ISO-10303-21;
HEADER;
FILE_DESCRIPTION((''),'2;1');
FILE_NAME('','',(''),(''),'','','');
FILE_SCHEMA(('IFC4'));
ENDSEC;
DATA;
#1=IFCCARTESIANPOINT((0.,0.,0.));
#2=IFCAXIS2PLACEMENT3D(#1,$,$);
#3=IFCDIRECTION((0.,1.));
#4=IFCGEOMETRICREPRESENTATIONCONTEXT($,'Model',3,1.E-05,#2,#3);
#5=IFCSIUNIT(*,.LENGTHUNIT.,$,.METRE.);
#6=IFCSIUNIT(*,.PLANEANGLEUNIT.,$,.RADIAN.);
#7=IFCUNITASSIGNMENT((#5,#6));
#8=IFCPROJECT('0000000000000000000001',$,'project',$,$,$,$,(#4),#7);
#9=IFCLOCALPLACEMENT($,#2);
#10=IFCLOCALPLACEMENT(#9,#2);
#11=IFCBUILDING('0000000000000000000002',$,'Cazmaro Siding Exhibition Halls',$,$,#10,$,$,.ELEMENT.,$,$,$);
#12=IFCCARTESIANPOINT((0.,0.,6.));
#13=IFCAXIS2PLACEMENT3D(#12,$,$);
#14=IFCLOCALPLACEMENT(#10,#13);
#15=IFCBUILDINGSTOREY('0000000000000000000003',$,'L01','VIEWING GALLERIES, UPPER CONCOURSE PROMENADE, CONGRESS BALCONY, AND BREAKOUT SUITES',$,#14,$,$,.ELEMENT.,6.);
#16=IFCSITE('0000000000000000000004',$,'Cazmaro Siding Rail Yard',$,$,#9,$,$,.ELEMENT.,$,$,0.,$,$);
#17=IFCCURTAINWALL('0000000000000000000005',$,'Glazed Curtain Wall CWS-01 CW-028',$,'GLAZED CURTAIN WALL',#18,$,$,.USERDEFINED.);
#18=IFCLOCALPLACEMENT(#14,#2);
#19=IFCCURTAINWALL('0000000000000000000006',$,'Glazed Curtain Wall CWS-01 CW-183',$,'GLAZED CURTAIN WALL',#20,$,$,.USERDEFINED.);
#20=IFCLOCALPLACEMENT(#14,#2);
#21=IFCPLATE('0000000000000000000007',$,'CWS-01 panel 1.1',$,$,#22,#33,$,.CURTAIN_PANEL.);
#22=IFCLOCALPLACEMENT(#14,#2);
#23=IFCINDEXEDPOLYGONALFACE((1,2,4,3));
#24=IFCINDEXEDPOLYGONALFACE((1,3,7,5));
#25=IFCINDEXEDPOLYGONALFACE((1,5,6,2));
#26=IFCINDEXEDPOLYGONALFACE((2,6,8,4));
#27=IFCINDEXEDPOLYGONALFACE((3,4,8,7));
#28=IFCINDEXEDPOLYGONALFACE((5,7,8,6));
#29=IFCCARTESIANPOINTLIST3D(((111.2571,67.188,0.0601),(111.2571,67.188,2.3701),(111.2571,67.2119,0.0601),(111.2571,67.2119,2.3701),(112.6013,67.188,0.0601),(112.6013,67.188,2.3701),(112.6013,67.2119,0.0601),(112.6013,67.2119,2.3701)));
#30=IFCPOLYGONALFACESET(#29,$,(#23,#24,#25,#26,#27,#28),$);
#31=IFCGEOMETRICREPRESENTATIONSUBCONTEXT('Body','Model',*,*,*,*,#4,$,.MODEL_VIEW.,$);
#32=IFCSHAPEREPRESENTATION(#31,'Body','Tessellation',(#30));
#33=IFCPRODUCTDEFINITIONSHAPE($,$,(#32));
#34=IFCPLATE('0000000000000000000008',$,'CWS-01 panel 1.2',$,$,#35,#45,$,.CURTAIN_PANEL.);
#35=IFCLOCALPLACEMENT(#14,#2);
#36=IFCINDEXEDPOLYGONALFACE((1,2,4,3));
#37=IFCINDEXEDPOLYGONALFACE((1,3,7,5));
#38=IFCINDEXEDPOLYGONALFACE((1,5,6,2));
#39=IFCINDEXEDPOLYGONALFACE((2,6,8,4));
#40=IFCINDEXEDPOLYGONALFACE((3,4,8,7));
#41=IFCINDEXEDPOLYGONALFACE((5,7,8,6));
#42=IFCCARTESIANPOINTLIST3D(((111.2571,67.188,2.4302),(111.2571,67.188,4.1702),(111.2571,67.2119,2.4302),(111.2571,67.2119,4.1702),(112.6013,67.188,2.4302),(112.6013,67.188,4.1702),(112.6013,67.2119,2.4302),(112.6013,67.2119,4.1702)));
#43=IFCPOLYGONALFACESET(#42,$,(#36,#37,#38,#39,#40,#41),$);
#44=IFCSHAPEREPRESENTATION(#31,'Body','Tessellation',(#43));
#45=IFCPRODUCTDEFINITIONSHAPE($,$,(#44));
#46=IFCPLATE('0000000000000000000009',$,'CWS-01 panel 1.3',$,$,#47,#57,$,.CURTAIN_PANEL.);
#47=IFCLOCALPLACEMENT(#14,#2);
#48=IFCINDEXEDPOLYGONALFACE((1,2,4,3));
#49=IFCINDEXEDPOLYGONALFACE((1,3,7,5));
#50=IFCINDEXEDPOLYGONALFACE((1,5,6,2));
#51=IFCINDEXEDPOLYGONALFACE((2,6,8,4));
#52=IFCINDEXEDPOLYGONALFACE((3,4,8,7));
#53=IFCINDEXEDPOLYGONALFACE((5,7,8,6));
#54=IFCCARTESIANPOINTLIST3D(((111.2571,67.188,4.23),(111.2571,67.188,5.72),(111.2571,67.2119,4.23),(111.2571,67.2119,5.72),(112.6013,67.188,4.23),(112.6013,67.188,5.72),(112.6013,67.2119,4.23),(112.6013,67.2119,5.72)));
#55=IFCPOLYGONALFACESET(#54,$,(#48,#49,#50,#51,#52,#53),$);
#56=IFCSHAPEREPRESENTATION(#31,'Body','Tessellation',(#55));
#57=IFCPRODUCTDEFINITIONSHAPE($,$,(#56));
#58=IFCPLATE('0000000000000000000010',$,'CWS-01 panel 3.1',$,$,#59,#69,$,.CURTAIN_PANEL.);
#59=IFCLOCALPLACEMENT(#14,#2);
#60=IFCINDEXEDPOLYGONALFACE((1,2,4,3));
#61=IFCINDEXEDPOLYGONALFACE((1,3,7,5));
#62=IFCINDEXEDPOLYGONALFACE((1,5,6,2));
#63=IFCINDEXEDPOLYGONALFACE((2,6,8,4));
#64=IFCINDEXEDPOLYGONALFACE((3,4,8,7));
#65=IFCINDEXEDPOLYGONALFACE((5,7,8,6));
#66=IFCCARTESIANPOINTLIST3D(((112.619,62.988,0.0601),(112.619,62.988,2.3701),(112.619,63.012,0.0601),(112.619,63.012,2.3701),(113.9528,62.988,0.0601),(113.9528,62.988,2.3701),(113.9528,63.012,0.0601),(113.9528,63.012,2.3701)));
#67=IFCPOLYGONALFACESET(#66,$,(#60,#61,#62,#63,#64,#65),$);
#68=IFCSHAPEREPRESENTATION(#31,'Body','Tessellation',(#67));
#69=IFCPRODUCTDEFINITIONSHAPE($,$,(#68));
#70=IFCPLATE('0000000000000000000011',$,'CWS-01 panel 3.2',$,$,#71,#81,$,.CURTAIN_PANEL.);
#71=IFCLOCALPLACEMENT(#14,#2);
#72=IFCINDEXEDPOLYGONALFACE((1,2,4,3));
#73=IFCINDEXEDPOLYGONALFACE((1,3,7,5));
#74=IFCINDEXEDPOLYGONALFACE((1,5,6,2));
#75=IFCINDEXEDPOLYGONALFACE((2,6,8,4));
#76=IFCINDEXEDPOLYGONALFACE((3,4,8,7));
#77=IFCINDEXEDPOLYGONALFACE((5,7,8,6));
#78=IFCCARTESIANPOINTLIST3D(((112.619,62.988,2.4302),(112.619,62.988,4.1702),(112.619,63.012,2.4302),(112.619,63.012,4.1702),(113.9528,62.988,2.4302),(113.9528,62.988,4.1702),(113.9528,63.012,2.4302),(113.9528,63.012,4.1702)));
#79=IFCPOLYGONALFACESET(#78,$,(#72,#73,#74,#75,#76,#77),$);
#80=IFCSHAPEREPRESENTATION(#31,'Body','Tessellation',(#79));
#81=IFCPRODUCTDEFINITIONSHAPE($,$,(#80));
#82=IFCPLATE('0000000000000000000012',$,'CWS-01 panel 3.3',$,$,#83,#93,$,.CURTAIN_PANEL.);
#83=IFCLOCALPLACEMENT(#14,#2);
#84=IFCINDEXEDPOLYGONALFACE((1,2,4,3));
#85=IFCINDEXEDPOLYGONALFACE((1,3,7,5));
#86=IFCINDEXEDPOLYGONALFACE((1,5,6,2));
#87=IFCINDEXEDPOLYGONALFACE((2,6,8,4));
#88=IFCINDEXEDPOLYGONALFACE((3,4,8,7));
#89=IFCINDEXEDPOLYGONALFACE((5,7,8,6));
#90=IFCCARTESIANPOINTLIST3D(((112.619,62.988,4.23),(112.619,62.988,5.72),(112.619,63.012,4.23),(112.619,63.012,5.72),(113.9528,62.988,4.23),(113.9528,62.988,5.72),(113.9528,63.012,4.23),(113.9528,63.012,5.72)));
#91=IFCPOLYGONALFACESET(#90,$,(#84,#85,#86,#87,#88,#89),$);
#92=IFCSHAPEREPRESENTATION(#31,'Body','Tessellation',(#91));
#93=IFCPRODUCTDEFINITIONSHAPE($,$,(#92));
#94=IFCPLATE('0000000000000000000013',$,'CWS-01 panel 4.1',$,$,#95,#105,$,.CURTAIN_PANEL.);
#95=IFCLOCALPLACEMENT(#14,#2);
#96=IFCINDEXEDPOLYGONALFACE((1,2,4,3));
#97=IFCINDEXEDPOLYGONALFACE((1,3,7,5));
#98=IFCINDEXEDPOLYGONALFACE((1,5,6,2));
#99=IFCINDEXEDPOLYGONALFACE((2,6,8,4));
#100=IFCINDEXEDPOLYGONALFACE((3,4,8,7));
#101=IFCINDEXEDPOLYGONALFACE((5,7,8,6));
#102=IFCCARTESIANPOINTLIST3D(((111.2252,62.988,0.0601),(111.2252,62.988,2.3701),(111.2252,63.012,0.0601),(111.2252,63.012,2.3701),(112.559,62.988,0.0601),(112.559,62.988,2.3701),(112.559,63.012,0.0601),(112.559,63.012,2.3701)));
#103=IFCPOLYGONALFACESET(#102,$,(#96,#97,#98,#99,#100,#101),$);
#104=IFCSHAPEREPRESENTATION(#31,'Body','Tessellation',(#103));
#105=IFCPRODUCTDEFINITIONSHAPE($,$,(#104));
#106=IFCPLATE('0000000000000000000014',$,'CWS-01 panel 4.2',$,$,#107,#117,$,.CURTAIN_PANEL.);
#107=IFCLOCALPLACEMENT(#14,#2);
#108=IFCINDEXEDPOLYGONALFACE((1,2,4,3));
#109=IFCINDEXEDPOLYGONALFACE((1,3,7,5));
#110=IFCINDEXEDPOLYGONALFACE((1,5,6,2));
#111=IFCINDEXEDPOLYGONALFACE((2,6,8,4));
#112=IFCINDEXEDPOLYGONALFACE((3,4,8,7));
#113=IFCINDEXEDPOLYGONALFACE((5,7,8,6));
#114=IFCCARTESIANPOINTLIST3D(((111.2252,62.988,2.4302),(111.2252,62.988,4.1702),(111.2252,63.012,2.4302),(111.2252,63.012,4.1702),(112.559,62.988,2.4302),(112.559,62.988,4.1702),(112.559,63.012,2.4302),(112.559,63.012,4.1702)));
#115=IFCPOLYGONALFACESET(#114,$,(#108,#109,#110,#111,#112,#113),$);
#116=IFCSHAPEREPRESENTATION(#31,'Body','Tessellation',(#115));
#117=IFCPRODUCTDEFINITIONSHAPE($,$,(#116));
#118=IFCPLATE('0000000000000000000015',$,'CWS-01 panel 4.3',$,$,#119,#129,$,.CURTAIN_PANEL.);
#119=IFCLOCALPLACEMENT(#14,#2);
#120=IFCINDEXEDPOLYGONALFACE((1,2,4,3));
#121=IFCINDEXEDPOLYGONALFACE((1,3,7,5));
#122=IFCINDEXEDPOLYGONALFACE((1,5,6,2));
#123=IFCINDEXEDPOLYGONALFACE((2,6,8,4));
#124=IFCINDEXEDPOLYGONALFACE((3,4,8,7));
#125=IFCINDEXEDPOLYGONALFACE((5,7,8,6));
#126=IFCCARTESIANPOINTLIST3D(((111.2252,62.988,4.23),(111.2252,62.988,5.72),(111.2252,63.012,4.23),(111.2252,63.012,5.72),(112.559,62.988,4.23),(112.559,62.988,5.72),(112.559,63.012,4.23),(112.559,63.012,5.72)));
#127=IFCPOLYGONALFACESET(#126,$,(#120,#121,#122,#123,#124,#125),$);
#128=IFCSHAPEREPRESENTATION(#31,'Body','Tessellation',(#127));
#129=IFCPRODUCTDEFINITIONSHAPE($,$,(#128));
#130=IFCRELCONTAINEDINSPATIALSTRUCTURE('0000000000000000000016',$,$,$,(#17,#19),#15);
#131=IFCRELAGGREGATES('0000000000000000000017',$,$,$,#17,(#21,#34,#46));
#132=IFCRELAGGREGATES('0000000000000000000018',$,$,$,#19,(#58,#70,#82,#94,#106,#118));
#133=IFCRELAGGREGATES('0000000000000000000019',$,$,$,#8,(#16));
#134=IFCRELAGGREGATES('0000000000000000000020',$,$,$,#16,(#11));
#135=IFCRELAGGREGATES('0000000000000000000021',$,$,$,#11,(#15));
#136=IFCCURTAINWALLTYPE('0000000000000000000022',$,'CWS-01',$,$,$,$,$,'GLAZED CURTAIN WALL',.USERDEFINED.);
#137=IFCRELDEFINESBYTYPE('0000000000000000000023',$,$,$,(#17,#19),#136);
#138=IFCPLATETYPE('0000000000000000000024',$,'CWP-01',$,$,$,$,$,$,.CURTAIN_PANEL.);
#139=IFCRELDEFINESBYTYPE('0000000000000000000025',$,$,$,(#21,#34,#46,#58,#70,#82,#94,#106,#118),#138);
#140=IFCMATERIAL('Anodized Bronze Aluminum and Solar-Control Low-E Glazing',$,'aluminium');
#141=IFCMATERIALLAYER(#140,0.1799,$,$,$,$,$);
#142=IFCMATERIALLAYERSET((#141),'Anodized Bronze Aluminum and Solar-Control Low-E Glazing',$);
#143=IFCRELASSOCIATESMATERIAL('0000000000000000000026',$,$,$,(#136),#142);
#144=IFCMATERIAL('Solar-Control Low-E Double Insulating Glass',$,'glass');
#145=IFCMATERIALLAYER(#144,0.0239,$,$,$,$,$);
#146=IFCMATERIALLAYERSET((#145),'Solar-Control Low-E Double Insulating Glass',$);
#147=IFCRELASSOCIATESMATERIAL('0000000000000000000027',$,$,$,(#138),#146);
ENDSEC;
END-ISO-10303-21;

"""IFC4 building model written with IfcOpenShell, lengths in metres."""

from ifc_helpers import new_model, si_unit, direction, frame, origin, origin_2d, place, context, subcontext, project, spatial, rectangle, extrude, material, layer, layer_set, type_object, element, aggregate, save


model = new_model("IFC4")

# Units and contexts
model_context = context("Model", 3, precision=1e-05, world=origin(), true_north=direction((0.0, 1.0)))
body_context = subcontext(model_context, "Body", "Model", "MODEL_VIEW")
ifc_project = project(units=[si_unit("LENGTHUNIT", "METRE"), si_unit("PLANEANGLEUNIT", "RADIAN")], contexts=[model_context])

# Site, building, storey
site_placement = place(None, origin())
site = spatial("IfcSite", under=ifc_project, at=site_placement, Name="Cazmaro Siding Rail Yard", CompositionType="ELEMENT", RefElevation=0.0)
building_placement = place(site_placement, origin())
building = spatial("IfcBuilding", under=site, at=building_placement, Name="Cazmaro Siding Exhibition Halls", CompositionType="ELEMENT")
storey_placement = place(building_placement, frame((0.0, 0.0, 6.0)))
storey = spatial("IfcBuildingStorey", under=building, at=storey_placement, Name="L01", Description="VIEWING GALLERIES, UPPER CONCOURSE PROMENADE, CONGRESS BALCONY, AND BREAKOUT SUITES", CompositionType="ELEMENT", Elevation=6.0)

# Curtain walls
ifc_material_1 = material(Name="Anodized Bronze Aluminum and Solar-Control Low-E Glazing", Category="aluminium")
ifc_layer_1 = layer(ifc_material_1, 0.1799)
ifc_layer_set_1 = layer_set([ifc_layer_1], Name="Anodized Bronze Aluminum and Solar-Control Low-E Glazing")
curtain_wall_type = type_object("IfcCurtainWallType", Name="CWS-01", ElementType="GLAZED CURTAIN WALL", PredefinedType="USERDEFINED", material=ifc_layer_set_1)
curtain_wall_1_placement = place(storey_placement, origin())
curtain_wall_1 = element("IfcCurtainWall", 1, at=curtain_wall_1_placement, inside=storey, type_object=curtain_wall_type, Name="Glazed Curtain Wall CWS-01 CW-028", ObjectType="GLAZED CURTAIN WALL", PredefinedType="USERDEFINED")
curtain_wall_2_placement = place(storey_placement, origin())
curtain_wall_2 = element("IfcCurtainWall", 2, at=curtain_wall_2_placement, inside=storey, type_object=curtain_wall_type, Name="Glazed Curtain Wall CWS-01 CW-183", ObjectType="GLAZED CURTAIN WALL", PredefinedType="USERDEFINED")

# Plates
ifc_material_2 = material(Name="Solar-Control Low-E Double Insulating Glass", Category="glass")
ifc_layer_2 = layer(ifc_material_2, 0.0239)
ifc_layer_set_2 = layer_set([ifc_layer_2], Name="Solar-Control Low-E Double Insulating Glass")
plate_type = type_object("IfcPlateType", Name="CWP-01", PredefinedType="CURTAIN_PANEL", material=ifc_layer_set_2)
plate_1_placement = place(storey_placement, frame((111.9292, 67.2, 0.0601), z_axis=(0.0, 0.0, 1.0), x_axis=(1.0, 0.0, 0.0)))
plate_1 = element("IfcPlate", 3, at=plate_1_placement, type_object=plate_type, Name="CWS-01 panel 1.1", PredefinedType="CURTAIN_PANEL", context=body_context, shape_type="SweptSolid", body=[
    extrude(rectangle(XDim=1.3442, YDim=0.0239, at=origin_2d()), origin(), (0.0, 0.0, 1.0), 2.3101),
])
plate_2_placement = place(storey_placement, frame((111.9292, 67.2, 2.4302), z_axis=(0.0, 0.0, 1.0), x_axis=(1.0, 0.0, 0.0)))
plate_2 = element("IfcPlate", 4, at=plate_2_placement, type_object=plate_type, Name="CWS-01 panel 1.2", PredefinedType="CURTAIN_PANEL", context=body_context, shape_type="SweptSolid", body=[
    extrude(rectangle(XDim=1.3442, YDim=0.0239, at=origin_2d()), origin(), (0.0, 0.0, 1.0), 1.74),
])
plate_3_placement = place(storey_placement, frame((111.9292, 67.2, 4.23), z_axis=(0.0, 0.0, 1.0), x_axis=(1.0, 0.0, 0.0)))
plate_3 = element("IfcPlate", 5, at=plate_3_placement, type_object=plate_type, Name="CWS-01 panel 1.3", PredefinedType="CURTAIN_PANEL", context=body_context, shape_type="SweptSolid", body=[
    extrude(rectangle(XDim=1.3442, YDim=0.0239, at=origin_2d()), origin(), (0.0, 0.0, 1.0), 1.49),
])
aggregate(curtain_wall_1, [plate_1, plate_2, plate_3])
plate_4_placement = place(storey_placement, frame((113.2859, 63.0, 0.0601), z_axis=(0.0, 0.0, 1.0), x_axis=(-1.0, 0.0, 0.0)))
plate_4 = element("IfcPlate", 6, at=plate_4_placement, type_object=plate_type, Name="CWS-01 panel 3.1", PredefinedType="CURTAIN_PANEL", context=body_context, shape_type="SweptSolid", body=[
    extrude(rectangle(XDim=1.3337, YDim=0.0239, at=origin_2d()), origin(), (0.0, 0.0, 1.0), 2.3101),
])
plate_5_placement = place(storey_placement, frame((113.2859, 63.0, 2.4302), z_axis=(0.0, 0.0, 1.0), x_axis=(-1.0, 0.0, 0.0)))
plate_5 = element("IfcPlate", 7, at=plate_5_placement, type_object=plate_type, Name="CWS-01 panel 3.2", PredefinedType="CURTAIN_PANEL", context=body_context, shape_type="SweptSolid", body=[
    extrude(rectangle(XDim=1.3337, YDim=0.0239, at=origin_2d()), origin(), (0.0, 0.0, 1.0), 1.74),
])
plate_6_placement = place(storey_placement, frame((113.2859, 63.0, 4.23), z_axis=(0.0, 0.0, 1.0), x_axis=(-1.0, 0.0, 0.0)))
plate_6 = element("IfcPlate", 8, at=plate_6_placement, type_object=plate_type, Name="CWS-01 panel 3.3", PredefinedType="CURTAIN_PANEL", context=body_context, shape_type="SweptSolid", body=[
    extrude(rectangle(XDim=1.3337, YDim=0.0239, at=origin_2d()), origin(), (0.0, 0.0, 1.0), 1.49),
])
plate_7_placement = place(storey_placement, frame((111.8921, 63.0, 0.0601), z_axis=(0.0, 0.0, 1.0), x_axis=(-1.0, 0.0, 0.0)))
plate_7 = element("IfcPlate", 9, at=plate_7_placement, type_object=plate_type, Name="CWS-01 panel 4.1", PredefinedType="CURTAIN_PANEL", context=body_context, shape_type="SweptSolid", body=[
    extrude(rectangle(XDim=1.3337, YDim=0.0239, at=origin_2d()), origin(), (0.0, 0.0, 1.0), 2.3101),
])
plate_8_placement = place(storey_placement, frame((111.8921, 63.0, 2.4302), z_axis=(0.0, 0.0, 1.0), x_axis=(-1.0, 0.0, 0.0)))
plate_8 = element("IfcPlate", 10, at=plate_8_placement, type_object=plate_type, Name="CWS-01 panel 4.2", PredefinedType="CURTAIN_PANEL", context=body_context, shape_type="SweptSolid", body=[
    extrude(rectangle(XDim=1.3337, YDim=0.0239, at=origin_2d()), origin(), (0.0, 0.0, 1.0), 1.74),
])
plate_9_placement = place(storey_placement, frame((111.8921, 63.0, 4.23), z_axis=(0.0, 0.0, 1.0), x_axis=(-1.0, 0.0, 0.0)))
plate_9 = element("IfcPlate", 11, at=plate_9_placement, type_object=plate_type, Name="CWS-01 panel 4.3", PredefinedType="CURTAIN_PANEL", context=body_context, shape_type="SweptSolid", body=[
    extrude(rectangle(XDim=1.3337, YDim=0.0239, at=origin_2d()), origin(), (0.0, 0.0, 1.0), 1.49),
])
aggregate(curtain_wall_2, [plate_4, plate_5, plate_6, plate_7, plate_8, plate_9])

save(model, "model.ifc")
